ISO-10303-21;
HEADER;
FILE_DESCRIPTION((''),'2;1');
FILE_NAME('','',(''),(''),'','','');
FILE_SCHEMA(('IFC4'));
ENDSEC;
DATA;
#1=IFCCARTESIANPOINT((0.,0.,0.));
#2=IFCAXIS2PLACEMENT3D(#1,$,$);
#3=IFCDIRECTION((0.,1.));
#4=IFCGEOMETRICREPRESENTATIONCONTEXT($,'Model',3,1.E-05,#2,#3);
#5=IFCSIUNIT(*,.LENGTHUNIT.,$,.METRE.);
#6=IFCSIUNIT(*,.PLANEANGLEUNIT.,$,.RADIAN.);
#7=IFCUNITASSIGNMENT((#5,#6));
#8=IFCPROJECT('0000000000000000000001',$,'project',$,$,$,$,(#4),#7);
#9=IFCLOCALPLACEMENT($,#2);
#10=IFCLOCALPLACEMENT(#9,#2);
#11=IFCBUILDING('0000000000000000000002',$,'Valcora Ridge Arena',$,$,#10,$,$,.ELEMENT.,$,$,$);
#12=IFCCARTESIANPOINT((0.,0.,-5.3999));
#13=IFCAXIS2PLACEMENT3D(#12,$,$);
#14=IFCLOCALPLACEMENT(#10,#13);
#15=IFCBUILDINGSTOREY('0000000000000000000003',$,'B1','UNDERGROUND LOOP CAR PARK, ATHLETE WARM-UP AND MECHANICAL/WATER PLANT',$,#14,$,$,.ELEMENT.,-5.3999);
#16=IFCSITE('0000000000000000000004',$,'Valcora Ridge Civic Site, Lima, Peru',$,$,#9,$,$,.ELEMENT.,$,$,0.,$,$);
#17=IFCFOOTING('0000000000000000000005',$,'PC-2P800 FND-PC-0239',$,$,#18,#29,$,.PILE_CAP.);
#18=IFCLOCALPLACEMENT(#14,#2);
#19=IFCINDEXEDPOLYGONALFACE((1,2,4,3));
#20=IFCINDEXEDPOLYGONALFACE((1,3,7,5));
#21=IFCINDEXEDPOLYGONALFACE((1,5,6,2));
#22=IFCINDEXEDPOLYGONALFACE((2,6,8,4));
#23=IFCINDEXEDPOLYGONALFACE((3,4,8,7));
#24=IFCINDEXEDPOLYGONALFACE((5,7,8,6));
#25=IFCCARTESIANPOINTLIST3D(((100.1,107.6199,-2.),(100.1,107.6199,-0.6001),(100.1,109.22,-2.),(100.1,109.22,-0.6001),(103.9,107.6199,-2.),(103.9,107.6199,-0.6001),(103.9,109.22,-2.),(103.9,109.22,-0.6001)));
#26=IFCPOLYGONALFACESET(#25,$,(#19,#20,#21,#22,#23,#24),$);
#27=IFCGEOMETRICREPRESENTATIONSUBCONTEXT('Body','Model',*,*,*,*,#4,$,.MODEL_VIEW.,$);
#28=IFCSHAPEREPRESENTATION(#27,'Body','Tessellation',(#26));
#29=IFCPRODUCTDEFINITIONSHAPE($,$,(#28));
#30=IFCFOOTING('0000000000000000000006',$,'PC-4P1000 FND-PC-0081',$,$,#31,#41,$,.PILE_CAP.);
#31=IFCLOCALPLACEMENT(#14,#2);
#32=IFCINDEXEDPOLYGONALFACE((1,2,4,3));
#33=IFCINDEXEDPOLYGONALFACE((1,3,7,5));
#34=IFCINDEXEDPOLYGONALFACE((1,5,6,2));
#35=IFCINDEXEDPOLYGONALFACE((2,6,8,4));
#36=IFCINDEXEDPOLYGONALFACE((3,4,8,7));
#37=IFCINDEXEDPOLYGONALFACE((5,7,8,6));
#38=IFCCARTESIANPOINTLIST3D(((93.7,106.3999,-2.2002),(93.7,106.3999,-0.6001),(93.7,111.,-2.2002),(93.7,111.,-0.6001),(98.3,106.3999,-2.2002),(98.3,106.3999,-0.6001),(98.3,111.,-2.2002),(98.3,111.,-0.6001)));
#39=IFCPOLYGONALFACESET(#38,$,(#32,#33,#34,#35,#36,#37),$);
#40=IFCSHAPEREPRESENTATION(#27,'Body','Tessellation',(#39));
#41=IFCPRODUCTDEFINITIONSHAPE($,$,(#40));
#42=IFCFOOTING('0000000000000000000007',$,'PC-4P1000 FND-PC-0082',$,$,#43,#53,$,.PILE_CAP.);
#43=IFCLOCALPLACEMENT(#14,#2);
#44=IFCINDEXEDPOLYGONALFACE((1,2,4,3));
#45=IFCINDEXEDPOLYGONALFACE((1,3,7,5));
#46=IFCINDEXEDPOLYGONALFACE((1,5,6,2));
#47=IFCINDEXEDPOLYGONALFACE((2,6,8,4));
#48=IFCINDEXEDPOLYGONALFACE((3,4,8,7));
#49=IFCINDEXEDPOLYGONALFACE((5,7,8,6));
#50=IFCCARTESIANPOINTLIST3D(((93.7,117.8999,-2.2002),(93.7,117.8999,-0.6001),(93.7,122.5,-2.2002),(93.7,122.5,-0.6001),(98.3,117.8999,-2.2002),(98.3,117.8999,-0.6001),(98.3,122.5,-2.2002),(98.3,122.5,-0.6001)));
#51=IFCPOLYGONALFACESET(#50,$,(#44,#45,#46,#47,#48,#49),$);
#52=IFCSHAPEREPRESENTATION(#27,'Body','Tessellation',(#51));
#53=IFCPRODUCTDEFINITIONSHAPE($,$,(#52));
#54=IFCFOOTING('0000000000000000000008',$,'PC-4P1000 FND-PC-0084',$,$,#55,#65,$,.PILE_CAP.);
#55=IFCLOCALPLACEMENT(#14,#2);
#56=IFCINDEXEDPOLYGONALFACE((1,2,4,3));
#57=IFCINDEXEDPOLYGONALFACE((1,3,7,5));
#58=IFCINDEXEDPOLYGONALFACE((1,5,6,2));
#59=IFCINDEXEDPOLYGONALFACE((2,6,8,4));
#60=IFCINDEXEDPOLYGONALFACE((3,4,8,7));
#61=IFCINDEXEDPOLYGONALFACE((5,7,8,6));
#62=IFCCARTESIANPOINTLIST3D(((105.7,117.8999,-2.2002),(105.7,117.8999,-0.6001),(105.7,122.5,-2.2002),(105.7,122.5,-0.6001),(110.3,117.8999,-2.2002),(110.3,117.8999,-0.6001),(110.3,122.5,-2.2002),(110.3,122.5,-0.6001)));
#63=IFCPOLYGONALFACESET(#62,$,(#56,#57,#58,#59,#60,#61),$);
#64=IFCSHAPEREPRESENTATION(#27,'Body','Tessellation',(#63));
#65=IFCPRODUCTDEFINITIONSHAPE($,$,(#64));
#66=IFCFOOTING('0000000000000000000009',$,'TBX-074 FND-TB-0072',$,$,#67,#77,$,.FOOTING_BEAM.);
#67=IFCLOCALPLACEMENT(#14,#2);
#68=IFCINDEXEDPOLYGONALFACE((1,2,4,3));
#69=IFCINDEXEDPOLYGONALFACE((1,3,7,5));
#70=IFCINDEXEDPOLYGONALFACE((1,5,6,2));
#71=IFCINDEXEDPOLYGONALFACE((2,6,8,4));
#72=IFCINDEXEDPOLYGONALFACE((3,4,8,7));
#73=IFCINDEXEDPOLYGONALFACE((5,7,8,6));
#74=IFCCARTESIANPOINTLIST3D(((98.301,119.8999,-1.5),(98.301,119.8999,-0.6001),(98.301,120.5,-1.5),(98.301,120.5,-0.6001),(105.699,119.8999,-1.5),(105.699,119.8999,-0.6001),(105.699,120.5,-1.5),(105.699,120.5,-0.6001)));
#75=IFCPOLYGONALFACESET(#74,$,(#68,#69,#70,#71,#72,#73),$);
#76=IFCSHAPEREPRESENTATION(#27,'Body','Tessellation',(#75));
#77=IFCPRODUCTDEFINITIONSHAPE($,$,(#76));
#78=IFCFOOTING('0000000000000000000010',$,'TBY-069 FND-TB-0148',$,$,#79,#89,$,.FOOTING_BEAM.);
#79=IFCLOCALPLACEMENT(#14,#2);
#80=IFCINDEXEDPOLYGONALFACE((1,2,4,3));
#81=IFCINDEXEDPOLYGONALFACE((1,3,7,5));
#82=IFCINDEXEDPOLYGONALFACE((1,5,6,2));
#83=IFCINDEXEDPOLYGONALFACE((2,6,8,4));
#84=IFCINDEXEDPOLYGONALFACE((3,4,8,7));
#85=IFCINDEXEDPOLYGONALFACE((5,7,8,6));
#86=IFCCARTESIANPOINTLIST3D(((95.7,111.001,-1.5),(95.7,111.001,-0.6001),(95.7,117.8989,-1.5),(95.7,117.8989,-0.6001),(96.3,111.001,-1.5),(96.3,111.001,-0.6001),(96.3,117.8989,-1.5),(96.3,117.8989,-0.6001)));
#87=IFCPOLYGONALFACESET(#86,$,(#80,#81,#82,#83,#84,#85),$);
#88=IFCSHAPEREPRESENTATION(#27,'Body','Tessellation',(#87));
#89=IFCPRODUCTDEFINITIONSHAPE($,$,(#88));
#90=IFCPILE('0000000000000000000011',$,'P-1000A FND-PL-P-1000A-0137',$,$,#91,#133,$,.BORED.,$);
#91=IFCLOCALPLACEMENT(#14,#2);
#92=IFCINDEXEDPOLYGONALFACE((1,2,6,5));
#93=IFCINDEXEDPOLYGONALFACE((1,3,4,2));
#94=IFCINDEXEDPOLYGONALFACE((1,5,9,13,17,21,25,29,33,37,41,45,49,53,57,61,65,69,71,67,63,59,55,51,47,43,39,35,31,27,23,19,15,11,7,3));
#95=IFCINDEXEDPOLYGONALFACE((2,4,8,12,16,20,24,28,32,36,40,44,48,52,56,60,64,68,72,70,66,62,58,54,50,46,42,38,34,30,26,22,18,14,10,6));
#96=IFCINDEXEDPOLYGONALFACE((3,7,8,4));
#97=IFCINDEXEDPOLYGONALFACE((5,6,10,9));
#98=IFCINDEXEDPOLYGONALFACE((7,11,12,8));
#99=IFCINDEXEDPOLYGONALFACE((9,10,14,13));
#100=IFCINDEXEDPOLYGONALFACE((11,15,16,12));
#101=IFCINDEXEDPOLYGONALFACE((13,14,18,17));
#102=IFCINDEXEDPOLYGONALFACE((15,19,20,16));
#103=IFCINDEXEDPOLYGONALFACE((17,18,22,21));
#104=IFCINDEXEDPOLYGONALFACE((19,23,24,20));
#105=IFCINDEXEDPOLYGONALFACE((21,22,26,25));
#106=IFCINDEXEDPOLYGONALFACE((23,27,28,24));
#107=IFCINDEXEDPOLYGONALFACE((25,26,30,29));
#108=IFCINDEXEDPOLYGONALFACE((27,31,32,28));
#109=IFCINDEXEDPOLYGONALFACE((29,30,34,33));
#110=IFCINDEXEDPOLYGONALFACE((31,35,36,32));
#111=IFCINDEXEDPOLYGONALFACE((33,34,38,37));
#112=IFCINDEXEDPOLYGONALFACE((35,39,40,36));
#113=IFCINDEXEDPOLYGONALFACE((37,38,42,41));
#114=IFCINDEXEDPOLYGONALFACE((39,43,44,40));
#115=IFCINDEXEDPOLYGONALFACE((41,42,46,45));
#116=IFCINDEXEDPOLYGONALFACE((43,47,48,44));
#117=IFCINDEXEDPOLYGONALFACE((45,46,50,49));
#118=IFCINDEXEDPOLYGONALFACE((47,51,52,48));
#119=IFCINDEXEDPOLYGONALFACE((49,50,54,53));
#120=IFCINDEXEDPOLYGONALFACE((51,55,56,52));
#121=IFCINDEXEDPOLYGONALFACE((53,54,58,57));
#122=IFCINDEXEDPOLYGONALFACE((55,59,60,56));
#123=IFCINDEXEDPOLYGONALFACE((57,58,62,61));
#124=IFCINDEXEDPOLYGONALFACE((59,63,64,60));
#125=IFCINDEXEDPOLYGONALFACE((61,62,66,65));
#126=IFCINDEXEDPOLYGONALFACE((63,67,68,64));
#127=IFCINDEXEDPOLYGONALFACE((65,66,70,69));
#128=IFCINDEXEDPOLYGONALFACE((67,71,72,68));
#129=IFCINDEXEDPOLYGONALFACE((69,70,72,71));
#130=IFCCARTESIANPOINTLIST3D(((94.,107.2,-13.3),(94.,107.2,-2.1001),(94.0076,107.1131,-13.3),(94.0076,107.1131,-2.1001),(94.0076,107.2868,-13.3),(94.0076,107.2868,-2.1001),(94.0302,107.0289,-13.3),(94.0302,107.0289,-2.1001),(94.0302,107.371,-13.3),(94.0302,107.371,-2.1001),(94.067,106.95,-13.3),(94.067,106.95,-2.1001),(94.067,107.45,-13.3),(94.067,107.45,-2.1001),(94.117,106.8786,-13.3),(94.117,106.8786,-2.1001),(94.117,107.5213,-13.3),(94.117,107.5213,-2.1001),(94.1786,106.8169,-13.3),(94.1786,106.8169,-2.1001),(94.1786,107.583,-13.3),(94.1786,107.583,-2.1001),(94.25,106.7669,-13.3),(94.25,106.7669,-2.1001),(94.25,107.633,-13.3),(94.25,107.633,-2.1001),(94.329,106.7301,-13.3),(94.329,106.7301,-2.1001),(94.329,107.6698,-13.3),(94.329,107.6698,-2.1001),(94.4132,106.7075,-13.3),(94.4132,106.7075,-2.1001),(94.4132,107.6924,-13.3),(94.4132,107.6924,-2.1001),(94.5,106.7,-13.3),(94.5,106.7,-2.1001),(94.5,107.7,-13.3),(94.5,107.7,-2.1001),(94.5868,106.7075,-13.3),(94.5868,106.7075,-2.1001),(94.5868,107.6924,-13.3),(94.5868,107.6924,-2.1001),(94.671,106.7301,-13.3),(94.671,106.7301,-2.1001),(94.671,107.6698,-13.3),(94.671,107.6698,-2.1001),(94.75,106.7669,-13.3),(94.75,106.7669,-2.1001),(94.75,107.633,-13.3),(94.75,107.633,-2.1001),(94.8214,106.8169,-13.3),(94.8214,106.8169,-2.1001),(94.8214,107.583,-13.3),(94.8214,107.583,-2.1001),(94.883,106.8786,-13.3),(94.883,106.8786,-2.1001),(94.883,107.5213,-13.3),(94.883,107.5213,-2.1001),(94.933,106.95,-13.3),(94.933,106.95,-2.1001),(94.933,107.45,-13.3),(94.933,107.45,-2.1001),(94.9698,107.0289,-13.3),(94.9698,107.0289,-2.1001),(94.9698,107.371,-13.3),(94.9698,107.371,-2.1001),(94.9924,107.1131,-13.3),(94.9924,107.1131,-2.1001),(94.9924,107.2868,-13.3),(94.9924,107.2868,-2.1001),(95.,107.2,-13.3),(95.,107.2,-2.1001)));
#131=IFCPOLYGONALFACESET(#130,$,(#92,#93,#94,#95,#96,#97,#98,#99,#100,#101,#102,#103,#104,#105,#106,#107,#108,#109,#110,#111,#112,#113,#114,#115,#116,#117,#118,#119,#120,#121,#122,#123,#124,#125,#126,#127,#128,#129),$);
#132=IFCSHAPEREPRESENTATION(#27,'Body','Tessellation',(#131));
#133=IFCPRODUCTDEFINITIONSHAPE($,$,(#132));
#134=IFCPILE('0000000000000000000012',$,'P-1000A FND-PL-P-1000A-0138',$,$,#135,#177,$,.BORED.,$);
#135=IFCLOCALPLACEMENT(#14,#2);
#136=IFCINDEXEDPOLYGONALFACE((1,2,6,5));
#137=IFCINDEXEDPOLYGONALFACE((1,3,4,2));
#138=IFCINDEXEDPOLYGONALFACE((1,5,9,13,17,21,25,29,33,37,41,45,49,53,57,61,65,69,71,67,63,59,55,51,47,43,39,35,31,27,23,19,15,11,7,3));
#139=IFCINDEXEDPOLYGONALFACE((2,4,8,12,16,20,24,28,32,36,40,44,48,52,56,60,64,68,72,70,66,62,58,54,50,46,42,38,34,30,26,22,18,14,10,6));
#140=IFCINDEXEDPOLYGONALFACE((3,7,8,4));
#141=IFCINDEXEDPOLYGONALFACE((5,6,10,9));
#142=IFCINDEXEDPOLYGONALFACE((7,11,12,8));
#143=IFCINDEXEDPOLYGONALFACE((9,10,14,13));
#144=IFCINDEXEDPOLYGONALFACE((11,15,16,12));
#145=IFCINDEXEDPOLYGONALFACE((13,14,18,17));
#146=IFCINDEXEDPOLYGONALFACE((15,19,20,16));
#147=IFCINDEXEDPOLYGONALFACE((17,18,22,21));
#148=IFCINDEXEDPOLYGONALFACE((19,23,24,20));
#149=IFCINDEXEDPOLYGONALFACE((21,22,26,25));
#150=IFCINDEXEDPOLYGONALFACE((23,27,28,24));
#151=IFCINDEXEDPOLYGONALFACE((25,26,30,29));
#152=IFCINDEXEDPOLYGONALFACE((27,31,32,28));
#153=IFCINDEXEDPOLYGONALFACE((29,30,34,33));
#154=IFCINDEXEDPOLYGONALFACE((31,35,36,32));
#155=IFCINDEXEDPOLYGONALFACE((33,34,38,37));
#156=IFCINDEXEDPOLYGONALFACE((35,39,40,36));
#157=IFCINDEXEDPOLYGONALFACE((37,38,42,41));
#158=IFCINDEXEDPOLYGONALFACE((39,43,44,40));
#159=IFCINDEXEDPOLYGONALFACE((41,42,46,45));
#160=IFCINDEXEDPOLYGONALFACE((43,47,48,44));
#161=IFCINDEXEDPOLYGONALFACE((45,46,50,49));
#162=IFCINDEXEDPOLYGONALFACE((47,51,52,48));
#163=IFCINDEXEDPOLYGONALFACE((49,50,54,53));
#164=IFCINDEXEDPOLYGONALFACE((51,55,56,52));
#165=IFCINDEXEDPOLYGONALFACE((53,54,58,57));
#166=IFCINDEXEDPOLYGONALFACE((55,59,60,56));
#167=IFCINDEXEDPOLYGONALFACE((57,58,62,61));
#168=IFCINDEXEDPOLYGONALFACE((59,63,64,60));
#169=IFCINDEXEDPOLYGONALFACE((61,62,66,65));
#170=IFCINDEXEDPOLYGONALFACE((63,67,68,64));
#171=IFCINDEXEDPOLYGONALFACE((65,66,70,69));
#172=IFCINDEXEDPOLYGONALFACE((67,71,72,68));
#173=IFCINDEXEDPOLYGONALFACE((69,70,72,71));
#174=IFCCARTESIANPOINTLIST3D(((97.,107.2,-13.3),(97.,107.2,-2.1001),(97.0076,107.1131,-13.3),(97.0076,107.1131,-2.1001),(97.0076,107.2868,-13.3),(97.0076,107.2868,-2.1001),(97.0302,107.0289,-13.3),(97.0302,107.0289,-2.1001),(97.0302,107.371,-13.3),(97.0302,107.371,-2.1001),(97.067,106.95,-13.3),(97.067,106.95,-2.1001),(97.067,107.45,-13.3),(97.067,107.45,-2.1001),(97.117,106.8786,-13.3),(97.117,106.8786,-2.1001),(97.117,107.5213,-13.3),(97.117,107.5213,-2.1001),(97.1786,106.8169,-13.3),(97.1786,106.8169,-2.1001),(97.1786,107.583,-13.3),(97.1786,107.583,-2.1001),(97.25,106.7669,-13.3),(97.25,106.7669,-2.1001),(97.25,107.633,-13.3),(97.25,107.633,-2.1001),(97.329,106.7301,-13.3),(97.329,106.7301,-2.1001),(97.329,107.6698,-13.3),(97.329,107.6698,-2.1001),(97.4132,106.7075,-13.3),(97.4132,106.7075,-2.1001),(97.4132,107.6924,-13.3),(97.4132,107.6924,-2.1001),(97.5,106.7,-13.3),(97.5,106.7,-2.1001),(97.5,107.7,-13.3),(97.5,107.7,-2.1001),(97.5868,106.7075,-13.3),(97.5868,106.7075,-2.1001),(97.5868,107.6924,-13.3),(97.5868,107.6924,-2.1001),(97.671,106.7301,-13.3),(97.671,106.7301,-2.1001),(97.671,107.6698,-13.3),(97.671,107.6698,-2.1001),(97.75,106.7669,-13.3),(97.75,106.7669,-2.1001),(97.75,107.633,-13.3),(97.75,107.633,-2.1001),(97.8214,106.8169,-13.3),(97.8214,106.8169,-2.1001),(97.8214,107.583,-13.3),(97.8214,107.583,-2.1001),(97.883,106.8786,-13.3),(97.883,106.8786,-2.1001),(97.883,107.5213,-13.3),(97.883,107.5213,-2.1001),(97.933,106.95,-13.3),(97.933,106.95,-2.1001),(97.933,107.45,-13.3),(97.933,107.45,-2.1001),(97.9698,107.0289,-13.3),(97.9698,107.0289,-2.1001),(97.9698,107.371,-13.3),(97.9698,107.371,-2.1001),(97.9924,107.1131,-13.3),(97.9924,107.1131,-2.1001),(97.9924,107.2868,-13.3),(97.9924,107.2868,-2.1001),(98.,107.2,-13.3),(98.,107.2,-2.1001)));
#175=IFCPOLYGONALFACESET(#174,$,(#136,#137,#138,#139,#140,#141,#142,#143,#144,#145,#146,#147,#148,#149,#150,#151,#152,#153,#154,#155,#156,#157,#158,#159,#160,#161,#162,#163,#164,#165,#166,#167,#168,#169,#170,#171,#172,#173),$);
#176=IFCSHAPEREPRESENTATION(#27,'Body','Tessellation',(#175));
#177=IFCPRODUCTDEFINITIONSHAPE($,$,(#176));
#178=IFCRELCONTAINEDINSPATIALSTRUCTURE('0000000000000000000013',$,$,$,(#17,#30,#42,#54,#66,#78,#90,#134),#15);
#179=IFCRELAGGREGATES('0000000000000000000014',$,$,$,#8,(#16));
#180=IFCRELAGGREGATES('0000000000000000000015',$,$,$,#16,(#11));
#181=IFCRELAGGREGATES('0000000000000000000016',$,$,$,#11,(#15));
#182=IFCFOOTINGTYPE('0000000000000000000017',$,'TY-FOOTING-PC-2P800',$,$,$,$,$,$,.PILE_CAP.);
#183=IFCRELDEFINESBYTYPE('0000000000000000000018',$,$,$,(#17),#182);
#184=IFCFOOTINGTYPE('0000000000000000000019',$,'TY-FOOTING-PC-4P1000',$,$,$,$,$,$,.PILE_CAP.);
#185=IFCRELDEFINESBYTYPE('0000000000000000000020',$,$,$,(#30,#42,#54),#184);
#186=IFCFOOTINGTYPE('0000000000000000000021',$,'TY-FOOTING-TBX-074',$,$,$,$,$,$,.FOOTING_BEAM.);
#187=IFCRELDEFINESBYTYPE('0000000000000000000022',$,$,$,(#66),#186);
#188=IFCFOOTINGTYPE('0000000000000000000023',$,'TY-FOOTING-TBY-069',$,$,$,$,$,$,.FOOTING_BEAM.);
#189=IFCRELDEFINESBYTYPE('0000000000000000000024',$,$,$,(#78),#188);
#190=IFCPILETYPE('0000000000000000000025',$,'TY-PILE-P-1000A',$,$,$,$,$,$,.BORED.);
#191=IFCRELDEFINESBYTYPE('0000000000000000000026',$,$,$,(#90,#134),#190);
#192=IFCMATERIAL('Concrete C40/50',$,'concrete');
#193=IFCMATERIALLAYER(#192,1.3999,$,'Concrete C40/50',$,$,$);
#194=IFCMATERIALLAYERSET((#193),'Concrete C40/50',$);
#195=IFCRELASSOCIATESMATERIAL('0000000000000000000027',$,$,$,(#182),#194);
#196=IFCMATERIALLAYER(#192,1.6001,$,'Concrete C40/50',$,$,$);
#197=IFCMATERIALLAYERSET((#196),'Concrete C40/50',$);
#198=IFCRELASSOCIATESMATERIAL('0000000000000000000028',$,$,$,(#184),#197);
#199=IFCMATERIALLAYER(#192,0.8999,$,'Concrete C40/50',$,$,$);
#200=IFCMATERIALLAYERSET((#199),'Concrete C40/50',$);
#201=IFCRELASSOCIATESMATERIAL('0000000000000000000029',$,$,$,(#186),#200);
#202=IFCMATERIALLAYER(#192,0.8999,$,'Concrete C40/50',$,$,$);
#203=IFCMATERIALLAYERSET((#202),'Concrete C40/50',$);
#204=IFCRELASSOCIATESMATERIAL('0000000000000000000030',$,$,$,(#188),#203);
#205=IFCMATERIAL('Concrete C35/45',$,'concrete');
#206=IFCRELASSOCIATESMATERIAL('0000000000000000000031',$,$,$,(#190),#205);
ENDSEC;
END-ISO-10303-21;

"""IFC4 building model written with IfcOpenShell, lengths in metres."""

from ifc_helpers import new_model, si_unit, direction, frame, origin, origin_2d, place, context, subcontext, project, spatial, rectangle, circle, extrude, material, layer, layer_set, material_profile, profile_set, type_object, element, save


model = new_model("IFC4")

# Units and contexts
model_context = context("Model", 3, precision=1e-05, world=origin(), true_north=direction((0.0, 1.0)))
body_context = subcontext(model_context, "Body", "Model", "MODEL_VIEW")
ifc_project = project(units=[si_unit("LENGTHUNIT", "METRE"), si_unit("PLANEANGLEUNIT", "RADIAN")], contexts=[model_context])

# Site, building, storey
site_placement = place(None, origin())
site = spatial("IfcSite", under=ifc_project, at=site_placement, Name="Valcora Ridge Civic Site, Lima, Peru", CompositionType="ELEMENT", RefElevation=0.0)
building_placement = place(site_placement, origin())
building = spatial("IfcBuilding", under=site, at=building_placement, Name="Valcora Ridge Arena", CompositionType="ELEMENT")
storey_placement = place(building_placement, frame((0.0, 0.0, -5.3999)))
storey = spatial("IfcBuildingStorey", under=building, at=storey_placement, Name="B1", Description="UNDERGROUND LOOP CAR PARK, ATHLETE WARM-UP AND MECHANICAL/WATER PLANT", CompositionType="ELEMENT", Elevation=-5.3999)

# Footings
ifc_material_1 = material(Name="Concrete C40/50", Category="concrete")
ifc_layer_1 = layer(ifc_material_1, 1.3999, Name="Concrete C40/50")
ifc_layer_set_1 = layer_set([ifc_layer_1], Name="Concrete C40/50")
footing_type_1 = type_object("IfcFootingType", Name="TY-FOOTING-PC-2P800", PredefinedType="PILE_CAP", material=ifc_layer_set_1)
footing_1_placement = place(storey_placement, frame((102.0, 108.4199, -2.0), z_axis=(0.0, 0.0, 1.0), x_axis=(1.0, 0.0, 0.0)))
element("IfcFooting", 1, at=footing_1_placement, inside=storey, type_object=footing_type_1, Name="PC-2P800 FND-PC-0239", PredefinedType="PILE_CAP", context=body_context, shape_type="SweptSolid", body=[
    extrude(rectangle(XDim=3.8, YDim=1.6001, at=origin_2d()), origin(), (0.0, 0.0, 1.0), 1.3999),
])
ifc_layer_2 = layer(ifc_material_1, 1.6001, Name="Concrete C40/50")
ifc_layer_set_2 = layer_set([ifc_layer_2], Name="Concrete C40/50")
footing_type_2 = type_object("IfcFootingType", Name="TY-FOOTING-PC-4P1000", PredefinedType="PILE_CAP", material=ifc_layer_set_2)
for number, where, z_axis, x_axis, name in (
    (2, (96.0, 108.7, -2.2002), (0.0, 0.0, 1.0), (1.0, 0.0, 0.0), "PC-4P1000 FND-PC-0081"),
    (3, (96.0, 120.2, -2.2002), (0.0, 0.0, 1.0), (1.0, 0.0, 0.0), "PC-4P1000 FND-PC-0082"),
    (4, (108.0, 120.2, -2.2002), (0.0, 0.0, 1.0), (1.0, 0.0, 0.0), "PC-4P1000 FND-PC-0084"),
):
    element("IfcFooting", number, at=place(storey_placement, frame(where, z_axis=z_axis, x_axis=x_axis)), inside=storey, type_object=footing_type_2, Name=name, PredefinedType="PILE_CAP", context=body_context, shape_type="SweptSolid", body=[
        extrude(rectangle(XDim=4.6001, YDim=4.6001, at=origin_2d()), origin(), (0.0, 0.0, 1.0), 1.6001),
    ])
ifc_layer_3 = layer(ifc_material_1, 0.8999, Name="Concrete C40/50")
ifc_layer_set_3 = layer_set([ifc_layer_3], Name="Concrete C40/50")
footing_type_3 = type_object("IfcFootingType", Name="TY-FOOTING-TBX-074", PredefinedType="FOOTING_BEAM", material=ifc_layer_set_3)
footing_2_placement = place(storey_placement, frame((102.0, 120.2, -1.5), z_axis=(0.0, 0.0, 1.0), x_axis=(1.0, 0.0, 0.0)))
element("IfcFooting", 5, at=footing_2_placement, inside=storey, type_object=footing_type_3, Name="TBX-074 FND-TB-0072", PredefinedType="FOOTING_BEAM", context=body_context, shape_type="SweptSolid", body=[
    extrude(rectangle(XDim=7.3979, YDim=0.6001, at=origin_2d()), origin(), (0.0, 0.0, 1.0), 0.8999),
])
ifc_layer_4 = layer(ifc_material_1, 0.8999, Name="Concrete C40/50")
ifc_layer_set_4 = layer_set([ifc_layer_4], Name="Concrete C40/50")
footing_type_4 = type_object("IfcFootingType", Name="TY-FOOTING-TBY-069", PredefinedType="FOOTING_BEAM", material=ifc_layer_set_4)
footing_3_placement = place(storey_placement, frame((96.0, 114.45, -1.5), z_axis=(0.0, 0.0, 1.0), x_axis=(1.0, 0.0, 0.0)))
element("IfcFooting", 6, at=footing_3_placement, inside=storey, type_object=footing_type_4, Name="TBY-069 FND-TB-0148", PredefinedType="FOOTING_BEAM", context=body_context, shape_type="SweptSolid", body=[
    extrude(rectangle(XDim=0.6001, YDim=6.8979, at=origin_2d()), origin(), (0.0, 0.0, 1.0), 0.8999),
])

# Piles
ifc_material_2 = material(Name="Concrete C35/45", Category="concrete")
ifc_material_profile_1 = material_profile(ifc_material_2, circle(Radius=0.5, at=origin_2d()), Name="BORED PILE D1000")
ifc_profile_set_1 = profile_set([ifc_material_profile_1], Name="Concrete C35/45")
pile_type_1 = type_object("IfcPileType", Name="TY-PILE-P-1000A", PredefinedType="BORED", material=ifc_profile_set_1)
for number, where, z_axis, x_axis, name in (
    (7, (94.5, 107.2, -2.1001), (0.0, 0.0, -1.0), (1.0, 0.0, 0.0), "P-1000A FND-PL-P-1000A-0137"),
    (8, (97.5, 107.2, -2.1001), (0.0, 0.0, -1.0), (1.0, 0.0, 0.0), "P-1000A FND-PL-P-1000A-0138"),
):
    element("IfcPile", number, at=place(storey_placement, frame(where, z_axis=z_axis, x_axis=x_axis)), inside=storey, type_object=pile_type_1, Name=name, PredefinedType="BORED", context=body_context, shape_type="SweptSolid", body=[
        extrude(circle(Radius=0.5, at=origin_2d()), origin(), (0.0, 0.0, 1.0), 11.2),
    ])

save(model, "model.ifc")
